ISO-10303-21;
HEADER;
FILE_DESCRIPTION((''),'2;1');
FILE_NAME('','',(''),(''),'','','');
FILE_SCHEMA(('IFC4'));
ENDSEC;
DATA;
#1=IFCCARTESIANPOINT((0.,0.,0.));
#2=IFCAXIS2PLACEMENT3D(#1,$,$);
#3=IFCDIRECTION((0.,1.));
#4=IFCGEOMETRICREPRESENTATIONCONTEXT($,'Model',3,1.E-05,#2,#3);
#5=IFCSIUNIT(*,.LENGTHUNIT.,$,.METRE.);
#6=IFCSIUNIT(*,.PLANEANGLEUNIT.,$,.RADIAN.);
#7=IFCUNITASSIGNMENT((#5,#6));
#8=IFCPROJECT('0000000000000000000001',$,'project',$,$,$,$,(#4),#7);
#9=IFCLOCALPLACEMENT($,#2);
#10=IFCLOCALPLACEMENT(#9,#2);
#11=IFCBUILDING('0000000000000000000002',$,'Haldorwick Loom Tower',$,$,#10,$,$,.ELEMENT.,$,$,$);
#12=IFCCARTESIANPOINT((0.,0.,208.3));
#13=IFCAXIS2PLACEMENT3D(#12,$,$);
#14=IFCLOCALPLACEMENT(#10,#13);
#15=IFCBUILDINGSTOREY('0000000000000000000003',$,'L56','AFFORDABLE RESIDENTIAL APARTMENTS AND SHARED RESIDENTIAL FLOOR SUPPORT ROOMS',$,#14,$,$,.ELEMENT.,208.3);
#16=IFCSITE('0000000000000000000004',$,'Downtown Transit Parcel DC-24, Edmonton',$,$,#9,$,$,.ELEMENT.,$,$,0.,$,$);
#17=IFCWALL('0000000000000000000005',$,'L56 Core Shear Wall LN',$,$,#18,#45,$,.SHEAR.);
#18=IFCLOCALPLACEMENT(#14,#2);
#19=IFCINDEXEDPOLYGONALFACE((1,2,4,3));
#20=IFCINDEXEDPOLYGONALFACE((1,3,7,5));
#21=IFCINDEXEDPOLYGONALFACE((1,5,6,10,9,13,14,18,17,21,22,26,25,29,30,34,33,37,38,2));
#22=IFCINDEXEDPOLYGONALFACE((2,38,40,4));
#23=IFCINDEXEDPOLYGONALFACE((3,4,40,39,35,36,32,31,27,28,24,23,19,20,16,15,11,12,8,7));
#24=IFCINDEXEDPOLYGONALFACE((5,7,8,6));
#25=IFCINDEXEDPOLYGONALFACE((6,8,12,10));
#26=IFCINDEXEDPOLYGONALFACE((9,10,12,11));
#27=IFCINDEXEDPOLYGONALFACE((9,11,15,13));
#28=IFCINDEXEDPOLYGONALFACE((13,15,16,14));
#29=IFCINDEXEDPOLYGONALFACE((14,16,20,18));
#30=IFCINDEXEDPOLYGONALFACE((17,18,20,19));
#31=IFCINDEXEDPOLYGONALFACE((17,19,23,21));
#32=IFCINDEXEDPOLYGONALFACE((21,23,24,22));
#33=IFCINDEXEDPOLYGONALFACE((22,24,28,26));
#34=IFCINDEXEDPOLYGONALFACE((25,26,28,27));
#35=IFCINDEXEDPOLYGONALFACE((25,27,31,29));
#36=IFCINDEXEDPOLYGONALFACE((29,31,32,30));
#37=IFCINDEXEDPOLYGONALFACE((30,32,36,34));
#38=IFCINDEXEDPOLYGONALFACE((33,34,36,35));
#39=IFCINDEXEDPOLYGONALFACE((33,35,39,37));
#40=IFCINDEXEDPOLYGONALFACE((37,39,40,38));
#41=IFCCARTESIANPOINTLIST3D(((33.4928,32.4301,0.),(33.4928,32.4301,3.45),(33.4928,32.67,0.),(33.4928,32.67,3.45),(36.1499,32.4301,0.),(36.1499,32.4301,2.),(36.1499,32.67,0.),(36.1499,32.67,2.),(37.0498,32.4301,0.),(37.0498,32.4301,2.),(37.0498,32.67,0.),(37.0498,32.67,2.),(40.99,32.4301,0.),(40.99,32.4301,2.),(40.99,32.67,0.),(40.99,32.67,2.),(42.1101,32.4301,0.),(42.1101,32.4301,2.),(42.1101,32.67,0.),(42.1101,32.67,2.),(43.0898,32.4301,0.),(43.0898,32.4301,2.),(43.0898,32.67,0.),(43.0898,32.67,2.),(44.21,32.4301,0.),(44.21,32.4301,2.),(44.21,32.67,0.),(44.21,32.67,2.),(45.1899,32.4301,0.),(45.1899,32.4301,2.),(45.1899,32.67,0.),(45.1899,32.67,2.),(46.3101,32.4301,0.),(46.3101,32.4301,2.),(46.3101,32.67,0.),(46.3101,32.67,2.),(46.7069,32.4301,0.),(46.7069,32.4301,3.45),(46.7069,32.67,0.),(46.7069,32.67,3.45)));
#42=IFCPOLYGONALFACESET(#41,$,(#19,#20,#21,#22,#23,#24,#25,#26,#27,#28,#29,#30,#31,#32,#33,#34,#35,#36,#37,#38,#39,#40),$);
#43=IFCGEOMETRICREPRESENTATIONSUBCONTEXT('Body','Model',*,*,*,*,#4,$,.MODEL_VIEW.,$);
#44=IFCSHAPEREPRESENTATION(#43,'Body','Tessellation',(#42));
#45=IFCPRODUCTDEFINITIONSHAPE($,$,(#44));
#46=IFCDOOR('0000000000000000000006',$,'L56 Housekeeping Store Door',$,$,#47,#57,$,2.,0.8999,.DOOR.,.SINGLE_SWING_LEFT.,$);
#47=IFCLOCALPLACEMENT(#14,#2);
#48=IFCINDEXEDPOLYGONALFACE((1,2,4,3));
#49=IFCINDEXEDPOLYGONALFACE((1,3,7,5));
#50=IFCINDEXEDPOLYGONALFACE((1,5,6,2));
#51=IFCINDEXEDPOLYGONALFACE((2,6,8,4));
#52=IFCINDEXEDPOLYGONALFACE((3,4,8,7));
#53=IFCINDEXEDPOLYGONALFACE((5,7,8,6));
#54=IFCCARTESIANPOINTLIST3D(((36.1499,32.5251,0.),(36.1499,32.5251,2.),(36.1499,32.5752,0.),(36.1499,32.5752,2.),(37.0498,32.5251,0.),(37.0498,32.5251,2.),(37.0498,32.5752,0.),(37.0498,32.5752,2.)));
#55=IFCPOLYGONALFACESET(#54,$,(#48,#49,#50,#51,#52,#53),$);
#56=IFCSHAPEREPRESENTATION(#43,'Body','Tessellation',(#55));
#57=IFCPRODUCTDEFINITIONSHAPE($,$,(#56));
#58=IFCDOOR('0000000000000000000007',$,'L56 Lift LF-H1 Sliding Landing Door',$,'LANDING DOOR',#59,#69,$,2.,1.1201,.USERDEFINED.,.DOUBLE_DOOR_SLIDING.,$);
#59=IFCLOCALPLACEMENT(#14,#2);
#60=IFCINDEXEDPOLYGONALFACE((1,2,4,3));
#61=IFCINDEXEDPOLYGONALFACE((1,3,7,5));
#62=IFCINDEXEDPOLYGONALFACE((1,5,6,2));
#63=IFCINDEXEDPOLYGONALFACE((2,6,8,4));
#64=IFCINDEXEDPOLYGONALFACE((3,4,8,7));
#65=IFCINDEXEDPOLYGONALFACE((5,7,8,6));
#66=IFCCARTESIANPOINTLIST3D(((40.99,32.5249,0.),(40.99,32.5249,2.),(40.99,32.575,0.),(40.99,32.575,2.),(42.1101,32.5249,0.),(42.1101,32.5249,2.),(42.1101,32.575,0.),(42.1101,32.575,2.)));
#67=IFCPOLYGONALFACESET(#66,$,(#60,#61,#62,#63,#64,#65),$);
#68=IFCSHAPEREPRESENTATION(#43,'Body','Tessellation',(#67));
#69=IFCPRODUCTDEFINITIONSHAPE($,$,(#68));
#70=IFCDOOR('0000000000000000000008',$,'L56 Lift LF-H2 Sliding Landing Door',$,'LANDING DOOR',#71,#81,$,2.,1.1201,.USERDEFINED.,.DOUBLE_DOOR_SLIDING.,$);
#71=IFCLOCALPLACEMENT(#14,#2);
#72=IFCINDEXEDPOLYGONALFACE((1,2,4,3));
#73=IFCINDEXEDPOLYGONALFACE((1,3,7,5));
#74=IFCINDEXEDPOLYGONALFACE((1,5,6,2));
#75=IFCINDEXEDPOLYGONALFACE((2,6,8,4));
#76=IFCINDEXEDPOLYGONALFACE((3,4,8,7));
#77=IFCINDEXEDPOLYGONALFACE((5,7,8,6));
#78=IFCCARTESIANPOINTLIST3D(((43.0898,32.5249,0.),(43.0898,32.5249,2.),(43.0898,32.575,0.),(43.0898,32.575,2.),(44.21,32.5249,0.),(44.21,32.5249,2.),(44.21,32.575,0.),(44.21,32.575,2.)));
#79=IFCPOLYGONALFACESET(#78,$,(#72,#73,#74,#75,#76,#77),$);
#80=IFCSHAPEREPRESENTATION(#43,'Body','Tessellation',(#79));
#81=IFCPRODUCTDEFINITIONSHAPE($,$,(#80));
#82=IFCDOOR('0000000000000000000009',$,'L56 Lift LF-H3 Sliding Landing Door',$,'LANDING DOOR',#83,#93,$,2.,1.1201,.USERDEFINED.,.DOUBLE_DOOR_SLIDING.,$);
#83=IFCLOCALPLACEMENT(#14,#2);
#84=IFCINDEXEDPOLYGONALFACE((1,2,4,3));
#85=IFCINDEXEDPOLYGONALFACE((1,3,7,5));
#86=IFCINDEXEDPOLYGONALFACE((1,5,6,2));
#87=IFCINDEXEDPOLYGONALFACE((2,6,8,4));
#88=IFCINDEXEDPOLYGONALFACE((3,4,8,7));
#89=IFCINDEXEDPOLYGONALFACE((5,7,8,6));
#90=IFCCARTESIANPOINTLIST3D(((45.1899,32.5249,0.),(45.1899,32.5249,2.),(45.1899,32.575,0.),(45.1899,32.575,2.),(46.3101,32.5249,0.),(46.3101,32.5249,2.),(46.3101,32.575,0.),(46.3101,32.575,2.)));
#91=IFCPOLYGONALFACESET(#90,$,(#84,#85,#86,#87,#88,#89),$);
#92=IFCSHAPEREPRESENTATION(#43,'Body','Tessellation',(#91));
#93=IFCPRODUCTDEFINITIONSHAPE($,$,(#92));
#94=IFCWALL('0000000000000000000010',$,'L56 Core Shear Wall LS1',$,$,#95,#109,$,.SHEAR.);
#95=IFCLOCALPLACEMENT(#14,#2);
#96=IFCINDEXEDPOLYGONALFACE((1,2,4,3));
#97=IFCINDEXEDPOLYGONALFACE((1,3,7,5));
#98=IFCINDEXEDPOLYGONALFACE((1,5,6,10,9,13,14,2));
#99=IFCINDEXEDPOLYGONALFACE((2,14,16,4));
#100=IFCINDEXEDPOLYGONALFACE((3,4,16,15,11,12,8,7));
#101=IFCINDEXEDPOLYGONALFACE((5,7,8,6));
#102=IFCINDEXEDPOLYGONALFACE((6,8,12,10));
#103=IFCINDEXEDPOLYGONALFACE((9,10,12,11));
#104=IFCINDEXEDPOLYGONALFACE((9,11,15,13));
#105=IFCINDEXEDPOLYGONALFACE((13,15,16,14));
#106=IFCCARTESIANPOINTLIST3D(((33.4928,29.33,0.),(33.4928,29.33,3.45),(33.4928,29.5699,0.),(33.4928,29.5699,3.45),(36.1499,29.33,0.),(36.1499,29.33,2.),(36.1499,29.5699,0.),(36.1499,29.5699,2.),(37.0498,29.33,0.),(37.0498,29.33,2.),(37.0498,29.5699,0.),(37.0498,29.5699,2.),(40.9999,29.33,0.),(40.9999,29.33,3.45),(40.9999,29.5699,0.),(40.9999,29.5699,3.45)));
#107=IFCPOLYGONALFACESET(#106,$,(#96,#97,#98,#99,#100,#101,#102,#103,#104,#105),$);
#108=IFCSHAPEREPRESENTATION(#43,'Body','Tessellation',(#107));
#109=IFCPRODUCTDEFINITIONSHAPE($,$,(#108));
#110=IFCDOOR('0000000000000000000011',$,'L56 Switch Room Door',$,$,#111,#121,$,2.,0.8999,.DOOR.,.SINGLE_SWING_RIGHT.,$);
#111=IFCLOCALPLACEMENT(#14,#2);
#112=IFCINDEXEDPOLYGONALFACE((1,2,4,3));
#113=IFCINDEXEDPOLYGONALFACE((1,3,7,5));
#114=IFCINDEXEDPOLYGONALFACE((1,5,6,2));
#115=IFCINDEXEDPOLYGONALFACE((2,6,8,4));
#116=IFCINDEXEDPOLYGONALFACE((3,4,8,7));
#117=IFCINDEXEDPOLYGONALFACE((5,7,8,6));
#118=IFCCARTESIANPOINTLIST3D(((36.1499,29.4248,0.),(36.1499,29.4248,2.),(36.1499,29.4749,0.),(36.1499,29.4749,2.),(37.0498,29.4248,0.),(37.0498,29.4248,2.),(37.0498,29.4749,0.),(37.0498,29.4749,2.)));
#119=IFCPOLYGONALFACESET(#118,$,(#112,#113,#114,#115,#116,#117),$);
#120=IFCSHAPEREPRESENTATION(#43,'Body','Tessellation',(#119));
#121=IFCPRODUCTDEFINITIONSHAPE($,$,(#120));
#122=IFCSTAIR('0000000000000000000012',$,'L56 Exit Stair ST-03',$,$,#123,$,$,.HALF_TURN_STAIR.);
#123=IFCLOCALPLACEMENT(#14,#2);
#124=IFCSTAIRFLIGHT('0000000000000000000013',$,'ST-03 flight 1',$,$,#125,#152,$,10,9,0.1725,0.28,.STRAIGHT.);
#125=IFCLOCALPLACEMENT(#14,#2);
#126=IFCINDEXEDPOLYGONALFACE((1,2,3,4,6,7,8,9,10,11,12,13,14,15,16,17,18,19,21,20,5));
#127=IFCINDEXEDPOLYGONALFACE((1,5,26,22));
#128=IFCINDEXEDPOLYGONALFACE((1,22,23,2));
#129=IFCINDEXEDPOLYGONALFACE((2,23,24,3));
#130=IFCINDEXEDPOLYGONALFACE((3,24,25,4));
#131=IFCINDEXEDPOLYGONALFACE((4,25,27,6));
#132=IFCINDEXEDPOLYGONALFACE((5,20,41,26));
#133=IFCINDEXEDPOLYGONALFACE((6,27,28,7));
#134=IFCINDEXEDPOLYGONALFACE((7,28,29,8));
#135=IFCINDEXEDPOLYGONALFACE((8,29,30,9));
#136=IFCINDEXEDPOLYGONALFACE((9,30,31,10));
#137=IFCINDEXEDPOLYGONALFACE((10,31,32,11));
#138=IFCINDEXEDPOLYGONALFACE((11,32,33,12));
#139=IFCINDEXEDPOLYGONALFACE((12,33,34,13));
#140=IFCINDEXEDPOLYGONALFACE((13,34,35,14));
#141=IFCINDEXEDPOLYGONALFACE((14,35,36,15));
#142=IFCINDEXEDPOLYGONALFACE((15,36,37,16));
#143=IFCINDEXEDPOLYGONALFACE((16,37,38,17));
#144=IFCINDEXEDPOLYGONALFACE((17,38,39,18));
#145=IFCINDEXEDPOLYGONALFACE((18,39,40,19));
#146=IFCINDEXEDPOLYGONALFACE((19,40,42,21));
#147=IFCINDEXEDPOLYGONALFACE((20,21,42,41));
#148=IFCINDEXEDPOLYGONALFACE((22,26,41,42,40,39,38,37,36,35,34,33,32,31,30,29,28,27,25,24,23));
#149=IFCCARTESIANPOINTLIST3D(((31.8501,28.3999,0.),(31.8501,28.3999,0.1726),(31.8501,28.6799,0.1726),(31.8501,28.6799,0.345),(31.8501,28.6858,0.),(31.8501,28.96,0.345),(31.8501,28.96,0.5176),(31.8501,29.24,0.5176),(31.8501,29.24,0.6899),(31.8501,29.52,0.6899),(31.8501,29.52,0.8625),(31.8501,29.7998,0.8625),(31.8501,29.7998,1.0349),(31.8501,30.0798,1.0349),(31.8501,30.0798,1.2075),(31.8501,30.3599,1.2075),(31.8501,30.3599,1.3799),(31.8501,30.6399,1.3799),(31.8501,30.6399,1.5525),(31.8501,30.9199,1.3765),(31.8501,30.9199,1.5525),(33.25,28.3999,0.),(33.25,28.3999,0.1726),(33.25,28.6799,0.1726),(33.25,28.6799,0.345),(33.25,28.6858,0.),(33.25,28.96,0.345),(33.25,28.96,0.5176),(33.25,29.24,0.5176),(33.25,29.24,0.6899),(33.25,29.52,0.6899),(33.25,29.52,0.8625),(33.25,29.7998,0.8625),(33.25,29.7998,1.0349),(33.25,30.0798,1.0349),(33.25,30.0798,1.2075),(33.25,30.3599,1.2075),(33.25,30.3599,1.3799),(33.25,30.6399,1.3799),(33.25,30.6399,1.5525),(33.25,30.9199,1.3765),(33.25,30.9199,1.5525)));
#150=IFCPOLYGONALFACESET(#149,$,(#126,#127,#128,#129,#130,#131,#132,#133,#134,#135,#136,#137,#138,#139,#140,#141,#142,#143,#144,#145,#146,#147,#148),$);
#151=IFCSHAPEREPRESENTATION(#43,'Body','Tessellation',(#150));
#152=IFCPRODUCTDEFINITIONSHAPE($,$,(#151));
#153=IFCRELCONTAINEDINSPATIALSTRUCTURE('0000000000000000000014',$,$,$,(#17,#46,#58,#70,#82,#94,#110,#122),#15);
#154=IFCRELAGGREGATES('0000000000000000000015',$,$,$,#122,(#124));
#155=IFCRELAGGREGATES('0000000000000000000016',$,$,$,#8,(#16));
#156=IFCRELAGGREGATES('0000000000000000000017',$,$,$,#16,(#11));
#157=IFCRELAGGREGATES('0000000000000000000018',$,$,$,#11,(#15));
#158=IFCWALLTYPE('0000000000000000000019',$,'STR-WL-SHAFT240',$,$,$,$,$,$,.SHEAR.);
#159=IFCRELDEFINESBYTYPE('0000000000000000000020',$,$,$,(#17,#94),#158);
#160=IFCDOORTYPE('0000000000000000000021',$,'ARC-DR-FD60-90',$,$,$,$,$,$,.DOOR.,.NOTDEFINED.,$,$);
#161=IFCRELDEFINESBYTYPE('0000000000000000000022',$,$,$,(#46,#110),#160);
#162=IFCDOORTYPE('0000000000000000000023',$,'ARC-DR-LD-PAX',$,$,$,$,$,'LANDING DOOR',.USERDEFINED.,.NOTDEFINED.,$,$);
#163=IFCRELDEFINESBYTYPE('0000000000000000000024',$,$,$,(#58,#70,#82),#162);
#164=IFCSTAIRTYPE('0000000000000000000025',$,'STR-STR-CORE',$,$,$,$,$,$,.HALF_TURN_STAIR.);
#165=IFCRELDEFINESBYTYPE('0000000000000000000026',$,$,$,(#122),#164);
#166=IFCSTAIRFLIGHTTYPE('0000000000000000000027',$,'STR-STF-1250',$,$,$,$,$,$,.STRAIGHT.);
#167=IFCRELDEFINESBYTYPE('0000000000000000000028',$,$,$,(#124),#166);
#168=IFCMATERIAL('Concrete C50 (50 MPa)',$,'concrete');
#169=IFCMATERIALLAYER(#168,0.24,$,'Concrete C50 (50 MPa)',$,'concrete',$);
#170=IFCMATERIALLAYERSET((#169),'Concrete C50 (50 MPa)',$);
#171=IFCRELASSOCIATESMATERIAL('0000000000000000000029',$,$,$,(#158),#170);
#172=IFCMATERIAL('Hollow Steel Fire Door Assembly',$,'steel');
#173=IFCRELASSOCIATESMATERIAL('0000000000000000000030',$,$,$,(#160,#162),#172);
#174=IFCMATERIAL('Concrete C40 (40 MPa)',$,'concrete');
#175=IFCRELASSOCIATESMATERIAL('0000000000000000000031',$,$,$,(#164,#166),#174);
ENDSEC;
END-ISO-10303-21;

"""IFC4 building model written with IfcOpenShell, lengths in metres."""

from ifc_helpers import new_model, si_unit, direction, frame, frame_2d, origin, place, context, subcontext, project, spatial, polyline, rectangle, outline, extrude, material, layer, layer_set, type_object, element, fill, aggregate, save


model = new_model("IFC4")

# Units and contexts
model_context = context("Model", 3, precision=1e-05, world=origin(), true_north=direction((0.0, 1.0)))
body_context = subcontext(model_context, "Body", "Model", "MODEL_VIEW")
ifc_project = project(units=[si_unit("LENGTHUNIT", "METRE"), si_unit("PLANEANGLEUNIT", "RADIAN")], contexts=[model_context])

# Site, building, storey
site_placement = place(None, origin())
site = spatial("IfcSite", under=ifc_project, at=site_placement, Name="Downtown Transit Parcel DC-24, Edmonton", CompositionType="ELEMENT", RefElevation=0.0)
building_placement = place(site_placement, origin())
building = spatial("IfcBuilding", under=site, at=building_placement, Name="Haldorwick Loom Tower", CompositionType="ELEMENT")
storey_placement = place(building_placement, frame((0.0, 0.0, 208.3)))
storey = spatial("IfcBuildingStorey", under=building, at=storey_placement, Name="L56", Description="AFFORDABLE RESIDENTIAL APARTMENTS AND SHARED RESIDENTIAL FLOOR SUPPORT ROOMS", CompositionType="ELEMENT", Elevation=208.3)

# Shared definitions
ifc_material_1 = material(Name="Concrete C50 (50 MPa)", Category="concrete")
ifc_layer = layer(ifc_material_1, 0.24, Name="Concrete C50 (50 MPa)", Category="concrete")
ifc_layer_set = layer_set([ifc_layer], Name="Concrete C50 (50 MPa)")
wall_type = type_object("IfcWallType", Name="STR-WL-SHAFT240", PredefinedType="SHEAR", material=ifc_layer_set)

# Shared definitions
ifc_material_2 = material(Name="Hollow Steel Fire Door Assembly", Category="steel")

# Wall, openings, doors
wall_1_placement = place(storey_placement, frame((33.4929, 32.55, 0.0), z_axis=(0.0, 0.0, 1.0), x_axis=(1.0, 0.0, 0.0)))
wall_1 = element("IfcWall", 1, at=wall_1_placement, inside=storey, type_object=wall_type, Name="L56 Core Shear Wall LN", PredefinedType="SHEAR", context=body_context, shape_type="SweptSolid", body=[
    extrude(rectangle(XDim=13.2141, YDim=0.24, at=frame_2d((6.6069, 0.0))), origin(), (0.0, 0.0, 1.0), 3.45),
])
opening_1_placement = place(wall_1_placement, frame((2.657, 0.0, 0.0)))
opening_1 = element("IfcOpeningElement", 2, at=opening_1_placement, cuts=wall_1, PredefinedType="OPENING", context=body_context, shape_type="SweptSolid", body=[
    extrude(rectangle(XDim=0.8999, YDim=2.0, at=frame_2d((0.45, 1.0))), frame((0.0, 0.1299, 0.0), z_axis=(0.0, -1.0, 0.0), x_axis=(1.0, 0.0, 0.0)), (0.0, 0.0, 1.0), 0.26),
])
opening_2_placement = place(wall_1_placement, frame((7.4971, 0.0, 0.0)))
opening_2 = element("IfcOpeningElement", 3, at=opening_2_placement, cuts=wall_1, PredefinedType="OPENING", context=body_context, shape_type="SweptSolid", body=[
    extrude(rectangle(XDim=1.1201, YDim=2.0, at=frame_2d((0.5601, 1.0))), frame((0.0, 0.1299, 0.0), z_axis=(0.0, -1.0, 0.0), x_axis=(1.0, 0.0, 0.0)), (0.0, 0.0, 1.0), 0.26),
])
opening_3_placement = place(wall_1_placement, frame((9.5969, 0.0, 0.0)))
opening_3 = element("IfcOpeningElement", 4, at=opening_3_placement, cuts=wall_1, PredefinedType="OPENING", context=body_context, shape_type="SweptSolid", body=[
    extrude(rectangle(XDim=1.1201, YDim=2.0, at=frame_2d((0.5601, 1.0))), frame((0.0, 0.1299, 0.0), z_axis=(0.0, -1.0, 0.0), x_axis=(1.0, 0.0, 0.0)), (0.0, 0.0, 1.0), 0.26),
])
opening_4_placement = place(wall_1_placement, frame((11.697, 0.0, 0.0)))
opening_4 = element("IfcOpeningElement", 5, at=opening_4_placement, cuts=wall_1, PredefinedType="OPENING", context=body_context, shape_type="SweptSolid", body=[
    extrude(rectangle(XDim=1.1201, YDim=2.0, at=frame_2d((0.5601, 1.0))), frame((0.0, 0.1299, 0.0), z_axis=(0.0, -1.0, 0.0), x_axis=(1.0, 0.0, 0.0)), (0.0, 0.0, 1.0), 0.26),
])
door_type_1 = type_object("IfcDoorType", Name="ARC-DR-FD60-90", OperationType="NOTDEFINED", PredefinedType="DOOR", material=ifc_material_2)
door_1_placement = place(opening_1_placement, frame((0.8999, 0.0, 0.0), z_axis=(0.0, 0.0, 1.0), x_axis=(-1.0, 0.0, 0.0)))
door_1 = element("IfcDoor", 6, at=door_1_placement, inside=storey, type_object=door_type_1, Name="L56 Housekeeping Store Door", OperationType="SINGLE_SWING_LEFT", OverallHeight=2.0, OverallWidth=0.8999, PredefinedType="DOOR", context=body_context, shape_type="SweptSolid", body=[
    extrude(rectangle(XDim=0.8999, YDim=2.0, at=frame_2d((0.45, 1.0))), frame((0.0, 0.0249, 0.0), z_axis=(0.0, -1.0, 0.0), x_axis=(1.0, 0.0, 0.0)), (0.0, 0.0, 1.0), 0.05),
])
fill(opening_1, door_1)
door_type_2 = type_object("IfcDoorType", Name="ARC-DR-LD-PAX", ElementType="LANDING DOOR", OperationType="NOTDEFINED", PredefinedType="USERDEFINED", material=ifc_material_2)
door_2_placement = place(opening_2_placement, origin())
door_2 = element("IfcDoor", 7, at=door_2_placement, inside=storey, type_object=door_type_2, Name="L56 Lift LF-H1 Sliding Landing Door", ObjectType="LANDING DOOR", OperationType="DOUBLE_DOOR_SLIDING", OverallHeight=2.0, OverallWidth=1.1201, PredefinedType="USERDEFINED", context=body_context, shape_type="SweptSolid", body=[
    extrude(rectangle(XDim=1.1201, YDim=2.0, at=frame_2d((0.5601, 1.0))), frame((0.0, 0.0249, 0.0), z_axis=(0.0, -1.0, 0.0), x_axis=(1.0, 0.0, 0.0)), (0.0, 0.0, 1.0), 0.05),
])
fill(opening_2, door_2)
door_3_placement = place(opening_3_placement, origin())
door_3 = element("IfcDoor", 8, at=door_3_placement, inside=storey, type_object=door_type_2, Name="L56 Lift LF-H2 Sliding Landing Door", ObjectType="LANDING DOOR", OperationType="DOUBLE_DOOR_SLIDING", OverallHeight=2.0, OverallWidth=1.1201, PredefinedType="USERDEFINED", context=body_context, shape_type="SweptSolid", body=[
    extrude(rectangle(XDim=1.1201, YDim=2.0, at=frame_2d((0.5601, 1.0))), frame((0.0, 0.0249, 0.0), z_axis=(0.0, -1.0, 0.0), x_axis=(1.0, 0.0, 0.0)), (0.0, 0.0, 1.0), 0.05),
])
fill(opening_3, door_3)
door_4_placement = place(opening_4_placement, origin())
door_4 = element("IfcDoor", 9, at=door_4_placement, inside=storey, type_object=door_type_2, Name="L56 Lift LF-H3 Sliding Landing Door", ObjectType="LANDING DOOR", OperationType="DOUBLE_DOOR_SLIDING", OverallHeight=2.0, OverallWidth=1.1201, PredefinedType="USERDEFINED", context=body_context, shape_type="SweptSolid", body=[
    extrude(rectangle(XDim=1.1201, YDim=2.0, at=frame_2d((0.5601, 1.0))), frame((0.0, 0.0249, 0.0), z_axis=(0.0, -1.0, 0.0), x_axis=(1.0, 0.0, 0.0)), (0.0, 0.0, 1.0), 0.05),
])
fill(opening_4, door_4)

# Wall, opening, door
wall_2_placement = place(storey_placement, frame((33.4929, 29.45, 0.0), z_axis=(0.0, 0.0, 1.0), x_axis=(1.0, 0.0, 0.0)))
wall_2 = element("IfcWall", 10, at=wall_2_placement, inside=storey, type_object=wall_type, Name="L56 Core Shear Wall LS1", PredefinedType="SHEAR", context=body_context, shape_type="SweptSolid", body=[
    extrude(rectangle(XDim=7.5071, YDim=0.24, at=frame_2d((3.7534, 0.0))), origin(), (0.0, 0.0, 1.0), 3.45),
])
opening_5_placement = place(wall_2_placement, frame((2.657, 0.0, 0.0)))
opening_5 = element("IfcOpeningElement", 11, at=opening_5_placement, cuts=wall_2, PredefinedType="OPENING", context=body_context, shape_type="SweptSolid", body=[
    extrude(rectangle(XDim=0.8999, YDim=2.0, at=frame_2d((0.45, 1.0))), frame((0.0, 0.1299, 0.0), z_axis=(0.0, -1.0, 0.0), x_axis=(1.0, 0.0, 0.0)), (0.0, 0.0, 1.0), 0.26),
])
door_5_placement = place(opening_5_placement, origin())
door_5 = element("IfcDoor", 12, at=door_5_placement, inside=storey, type_object=door_type_1, Name="L56 Switch Room Door", OperationType="SINGLE_SWING_RIGHT", OverallHeight=2.0, OverallWidth=0.8999, PredefinedType="DOOR", context=body_context, shape_type="SweptSolid", body=[
    extrude(rectangle(XDim=0.8999, YDim=2.0, at=frame_2d((0.45, 1.0))), frame((0.0, 0.0249, 0.0), z_axis=(0.0, -1.0, 0.0), x_axis=(1.0, 0.0, 0.0)), (0.0, 0.0, 1.0), 0.05),
])
fill(opening_5, door_5)

# Stair, stair flight
ifc_material_3 = material(Name="Concrete C40 (40 MPa)", Category="concrete")
stair_type = type_object("IfcStairType", Name="STR-STR-CORE", PredefinedType="HALF_TURN_STAIR", material=ifc_material_3)
stair_placement = place(storey_placement, origin())
stair = element("IfcStair", 13, at=stair_placement, inside=storey, type_object=stair_type, Name="L56 Exit Stair ST-03", PredefinedType="HALF_TURN_STAIR")
stair_flight_type = type_object("IfcStairFlightType", Name="STR-STF-1250", PredefinedType="STRAIGHT", material=ifc_material_3)
stair_flight_1_placement = place(storey_placement, frame((32.55, 28.3999, 0.0), z_axis=(0.0, 0.0, 1.0), x_axis=(0.0, 1.0, 0.0)))
stair_flight_1 = element("IfcStairFlight", 14, at=stair_flight_1_placement, type_object=stair_flight_type, Name="ST-03 flight 1", NumberOfRisers=10, NumberOfTreads=9, PredefinedType="STRAIGHT", RiserHeight=0.1725, TreadLength=0.28, context=body_context, shape_type="SweptSolid", body=[
    extrude(outline(polyline([(0.0, 0.0), (0.0, 0.1726), (0.28, 0.1726), (0.28, 0.345), (0.5601, 0.345), (0.5601, 0.5176), (0.8401, 0.5176), (0.8401, 0.6899), (1.1201, 0.6899), (1.1201, 0.8625), (1.3999, 0.8625), (1.3999, 1.0349), (1.6799, 1.0349), (1.6799, 1.2075), (1.96, 1.2075), (1.96, 1.3799), (2.24, 1.3799), (2.24, 1.5525), (2.52, 1.5525), (2.52, 1.7251), (2.52, 1.3765), (0.2859, 0.0), (0.0, 0.0)])), frame((0.0, 0.7, 0.0), z_axis=(0.0, -1.0, 0.0), x_axis=(1.0, 0.0, 0.0)), (0.0, 0.0, 1.0), 1.3999),
])
aggregate(stair, [stair_flight_1])

save(model, "model.ifc")
